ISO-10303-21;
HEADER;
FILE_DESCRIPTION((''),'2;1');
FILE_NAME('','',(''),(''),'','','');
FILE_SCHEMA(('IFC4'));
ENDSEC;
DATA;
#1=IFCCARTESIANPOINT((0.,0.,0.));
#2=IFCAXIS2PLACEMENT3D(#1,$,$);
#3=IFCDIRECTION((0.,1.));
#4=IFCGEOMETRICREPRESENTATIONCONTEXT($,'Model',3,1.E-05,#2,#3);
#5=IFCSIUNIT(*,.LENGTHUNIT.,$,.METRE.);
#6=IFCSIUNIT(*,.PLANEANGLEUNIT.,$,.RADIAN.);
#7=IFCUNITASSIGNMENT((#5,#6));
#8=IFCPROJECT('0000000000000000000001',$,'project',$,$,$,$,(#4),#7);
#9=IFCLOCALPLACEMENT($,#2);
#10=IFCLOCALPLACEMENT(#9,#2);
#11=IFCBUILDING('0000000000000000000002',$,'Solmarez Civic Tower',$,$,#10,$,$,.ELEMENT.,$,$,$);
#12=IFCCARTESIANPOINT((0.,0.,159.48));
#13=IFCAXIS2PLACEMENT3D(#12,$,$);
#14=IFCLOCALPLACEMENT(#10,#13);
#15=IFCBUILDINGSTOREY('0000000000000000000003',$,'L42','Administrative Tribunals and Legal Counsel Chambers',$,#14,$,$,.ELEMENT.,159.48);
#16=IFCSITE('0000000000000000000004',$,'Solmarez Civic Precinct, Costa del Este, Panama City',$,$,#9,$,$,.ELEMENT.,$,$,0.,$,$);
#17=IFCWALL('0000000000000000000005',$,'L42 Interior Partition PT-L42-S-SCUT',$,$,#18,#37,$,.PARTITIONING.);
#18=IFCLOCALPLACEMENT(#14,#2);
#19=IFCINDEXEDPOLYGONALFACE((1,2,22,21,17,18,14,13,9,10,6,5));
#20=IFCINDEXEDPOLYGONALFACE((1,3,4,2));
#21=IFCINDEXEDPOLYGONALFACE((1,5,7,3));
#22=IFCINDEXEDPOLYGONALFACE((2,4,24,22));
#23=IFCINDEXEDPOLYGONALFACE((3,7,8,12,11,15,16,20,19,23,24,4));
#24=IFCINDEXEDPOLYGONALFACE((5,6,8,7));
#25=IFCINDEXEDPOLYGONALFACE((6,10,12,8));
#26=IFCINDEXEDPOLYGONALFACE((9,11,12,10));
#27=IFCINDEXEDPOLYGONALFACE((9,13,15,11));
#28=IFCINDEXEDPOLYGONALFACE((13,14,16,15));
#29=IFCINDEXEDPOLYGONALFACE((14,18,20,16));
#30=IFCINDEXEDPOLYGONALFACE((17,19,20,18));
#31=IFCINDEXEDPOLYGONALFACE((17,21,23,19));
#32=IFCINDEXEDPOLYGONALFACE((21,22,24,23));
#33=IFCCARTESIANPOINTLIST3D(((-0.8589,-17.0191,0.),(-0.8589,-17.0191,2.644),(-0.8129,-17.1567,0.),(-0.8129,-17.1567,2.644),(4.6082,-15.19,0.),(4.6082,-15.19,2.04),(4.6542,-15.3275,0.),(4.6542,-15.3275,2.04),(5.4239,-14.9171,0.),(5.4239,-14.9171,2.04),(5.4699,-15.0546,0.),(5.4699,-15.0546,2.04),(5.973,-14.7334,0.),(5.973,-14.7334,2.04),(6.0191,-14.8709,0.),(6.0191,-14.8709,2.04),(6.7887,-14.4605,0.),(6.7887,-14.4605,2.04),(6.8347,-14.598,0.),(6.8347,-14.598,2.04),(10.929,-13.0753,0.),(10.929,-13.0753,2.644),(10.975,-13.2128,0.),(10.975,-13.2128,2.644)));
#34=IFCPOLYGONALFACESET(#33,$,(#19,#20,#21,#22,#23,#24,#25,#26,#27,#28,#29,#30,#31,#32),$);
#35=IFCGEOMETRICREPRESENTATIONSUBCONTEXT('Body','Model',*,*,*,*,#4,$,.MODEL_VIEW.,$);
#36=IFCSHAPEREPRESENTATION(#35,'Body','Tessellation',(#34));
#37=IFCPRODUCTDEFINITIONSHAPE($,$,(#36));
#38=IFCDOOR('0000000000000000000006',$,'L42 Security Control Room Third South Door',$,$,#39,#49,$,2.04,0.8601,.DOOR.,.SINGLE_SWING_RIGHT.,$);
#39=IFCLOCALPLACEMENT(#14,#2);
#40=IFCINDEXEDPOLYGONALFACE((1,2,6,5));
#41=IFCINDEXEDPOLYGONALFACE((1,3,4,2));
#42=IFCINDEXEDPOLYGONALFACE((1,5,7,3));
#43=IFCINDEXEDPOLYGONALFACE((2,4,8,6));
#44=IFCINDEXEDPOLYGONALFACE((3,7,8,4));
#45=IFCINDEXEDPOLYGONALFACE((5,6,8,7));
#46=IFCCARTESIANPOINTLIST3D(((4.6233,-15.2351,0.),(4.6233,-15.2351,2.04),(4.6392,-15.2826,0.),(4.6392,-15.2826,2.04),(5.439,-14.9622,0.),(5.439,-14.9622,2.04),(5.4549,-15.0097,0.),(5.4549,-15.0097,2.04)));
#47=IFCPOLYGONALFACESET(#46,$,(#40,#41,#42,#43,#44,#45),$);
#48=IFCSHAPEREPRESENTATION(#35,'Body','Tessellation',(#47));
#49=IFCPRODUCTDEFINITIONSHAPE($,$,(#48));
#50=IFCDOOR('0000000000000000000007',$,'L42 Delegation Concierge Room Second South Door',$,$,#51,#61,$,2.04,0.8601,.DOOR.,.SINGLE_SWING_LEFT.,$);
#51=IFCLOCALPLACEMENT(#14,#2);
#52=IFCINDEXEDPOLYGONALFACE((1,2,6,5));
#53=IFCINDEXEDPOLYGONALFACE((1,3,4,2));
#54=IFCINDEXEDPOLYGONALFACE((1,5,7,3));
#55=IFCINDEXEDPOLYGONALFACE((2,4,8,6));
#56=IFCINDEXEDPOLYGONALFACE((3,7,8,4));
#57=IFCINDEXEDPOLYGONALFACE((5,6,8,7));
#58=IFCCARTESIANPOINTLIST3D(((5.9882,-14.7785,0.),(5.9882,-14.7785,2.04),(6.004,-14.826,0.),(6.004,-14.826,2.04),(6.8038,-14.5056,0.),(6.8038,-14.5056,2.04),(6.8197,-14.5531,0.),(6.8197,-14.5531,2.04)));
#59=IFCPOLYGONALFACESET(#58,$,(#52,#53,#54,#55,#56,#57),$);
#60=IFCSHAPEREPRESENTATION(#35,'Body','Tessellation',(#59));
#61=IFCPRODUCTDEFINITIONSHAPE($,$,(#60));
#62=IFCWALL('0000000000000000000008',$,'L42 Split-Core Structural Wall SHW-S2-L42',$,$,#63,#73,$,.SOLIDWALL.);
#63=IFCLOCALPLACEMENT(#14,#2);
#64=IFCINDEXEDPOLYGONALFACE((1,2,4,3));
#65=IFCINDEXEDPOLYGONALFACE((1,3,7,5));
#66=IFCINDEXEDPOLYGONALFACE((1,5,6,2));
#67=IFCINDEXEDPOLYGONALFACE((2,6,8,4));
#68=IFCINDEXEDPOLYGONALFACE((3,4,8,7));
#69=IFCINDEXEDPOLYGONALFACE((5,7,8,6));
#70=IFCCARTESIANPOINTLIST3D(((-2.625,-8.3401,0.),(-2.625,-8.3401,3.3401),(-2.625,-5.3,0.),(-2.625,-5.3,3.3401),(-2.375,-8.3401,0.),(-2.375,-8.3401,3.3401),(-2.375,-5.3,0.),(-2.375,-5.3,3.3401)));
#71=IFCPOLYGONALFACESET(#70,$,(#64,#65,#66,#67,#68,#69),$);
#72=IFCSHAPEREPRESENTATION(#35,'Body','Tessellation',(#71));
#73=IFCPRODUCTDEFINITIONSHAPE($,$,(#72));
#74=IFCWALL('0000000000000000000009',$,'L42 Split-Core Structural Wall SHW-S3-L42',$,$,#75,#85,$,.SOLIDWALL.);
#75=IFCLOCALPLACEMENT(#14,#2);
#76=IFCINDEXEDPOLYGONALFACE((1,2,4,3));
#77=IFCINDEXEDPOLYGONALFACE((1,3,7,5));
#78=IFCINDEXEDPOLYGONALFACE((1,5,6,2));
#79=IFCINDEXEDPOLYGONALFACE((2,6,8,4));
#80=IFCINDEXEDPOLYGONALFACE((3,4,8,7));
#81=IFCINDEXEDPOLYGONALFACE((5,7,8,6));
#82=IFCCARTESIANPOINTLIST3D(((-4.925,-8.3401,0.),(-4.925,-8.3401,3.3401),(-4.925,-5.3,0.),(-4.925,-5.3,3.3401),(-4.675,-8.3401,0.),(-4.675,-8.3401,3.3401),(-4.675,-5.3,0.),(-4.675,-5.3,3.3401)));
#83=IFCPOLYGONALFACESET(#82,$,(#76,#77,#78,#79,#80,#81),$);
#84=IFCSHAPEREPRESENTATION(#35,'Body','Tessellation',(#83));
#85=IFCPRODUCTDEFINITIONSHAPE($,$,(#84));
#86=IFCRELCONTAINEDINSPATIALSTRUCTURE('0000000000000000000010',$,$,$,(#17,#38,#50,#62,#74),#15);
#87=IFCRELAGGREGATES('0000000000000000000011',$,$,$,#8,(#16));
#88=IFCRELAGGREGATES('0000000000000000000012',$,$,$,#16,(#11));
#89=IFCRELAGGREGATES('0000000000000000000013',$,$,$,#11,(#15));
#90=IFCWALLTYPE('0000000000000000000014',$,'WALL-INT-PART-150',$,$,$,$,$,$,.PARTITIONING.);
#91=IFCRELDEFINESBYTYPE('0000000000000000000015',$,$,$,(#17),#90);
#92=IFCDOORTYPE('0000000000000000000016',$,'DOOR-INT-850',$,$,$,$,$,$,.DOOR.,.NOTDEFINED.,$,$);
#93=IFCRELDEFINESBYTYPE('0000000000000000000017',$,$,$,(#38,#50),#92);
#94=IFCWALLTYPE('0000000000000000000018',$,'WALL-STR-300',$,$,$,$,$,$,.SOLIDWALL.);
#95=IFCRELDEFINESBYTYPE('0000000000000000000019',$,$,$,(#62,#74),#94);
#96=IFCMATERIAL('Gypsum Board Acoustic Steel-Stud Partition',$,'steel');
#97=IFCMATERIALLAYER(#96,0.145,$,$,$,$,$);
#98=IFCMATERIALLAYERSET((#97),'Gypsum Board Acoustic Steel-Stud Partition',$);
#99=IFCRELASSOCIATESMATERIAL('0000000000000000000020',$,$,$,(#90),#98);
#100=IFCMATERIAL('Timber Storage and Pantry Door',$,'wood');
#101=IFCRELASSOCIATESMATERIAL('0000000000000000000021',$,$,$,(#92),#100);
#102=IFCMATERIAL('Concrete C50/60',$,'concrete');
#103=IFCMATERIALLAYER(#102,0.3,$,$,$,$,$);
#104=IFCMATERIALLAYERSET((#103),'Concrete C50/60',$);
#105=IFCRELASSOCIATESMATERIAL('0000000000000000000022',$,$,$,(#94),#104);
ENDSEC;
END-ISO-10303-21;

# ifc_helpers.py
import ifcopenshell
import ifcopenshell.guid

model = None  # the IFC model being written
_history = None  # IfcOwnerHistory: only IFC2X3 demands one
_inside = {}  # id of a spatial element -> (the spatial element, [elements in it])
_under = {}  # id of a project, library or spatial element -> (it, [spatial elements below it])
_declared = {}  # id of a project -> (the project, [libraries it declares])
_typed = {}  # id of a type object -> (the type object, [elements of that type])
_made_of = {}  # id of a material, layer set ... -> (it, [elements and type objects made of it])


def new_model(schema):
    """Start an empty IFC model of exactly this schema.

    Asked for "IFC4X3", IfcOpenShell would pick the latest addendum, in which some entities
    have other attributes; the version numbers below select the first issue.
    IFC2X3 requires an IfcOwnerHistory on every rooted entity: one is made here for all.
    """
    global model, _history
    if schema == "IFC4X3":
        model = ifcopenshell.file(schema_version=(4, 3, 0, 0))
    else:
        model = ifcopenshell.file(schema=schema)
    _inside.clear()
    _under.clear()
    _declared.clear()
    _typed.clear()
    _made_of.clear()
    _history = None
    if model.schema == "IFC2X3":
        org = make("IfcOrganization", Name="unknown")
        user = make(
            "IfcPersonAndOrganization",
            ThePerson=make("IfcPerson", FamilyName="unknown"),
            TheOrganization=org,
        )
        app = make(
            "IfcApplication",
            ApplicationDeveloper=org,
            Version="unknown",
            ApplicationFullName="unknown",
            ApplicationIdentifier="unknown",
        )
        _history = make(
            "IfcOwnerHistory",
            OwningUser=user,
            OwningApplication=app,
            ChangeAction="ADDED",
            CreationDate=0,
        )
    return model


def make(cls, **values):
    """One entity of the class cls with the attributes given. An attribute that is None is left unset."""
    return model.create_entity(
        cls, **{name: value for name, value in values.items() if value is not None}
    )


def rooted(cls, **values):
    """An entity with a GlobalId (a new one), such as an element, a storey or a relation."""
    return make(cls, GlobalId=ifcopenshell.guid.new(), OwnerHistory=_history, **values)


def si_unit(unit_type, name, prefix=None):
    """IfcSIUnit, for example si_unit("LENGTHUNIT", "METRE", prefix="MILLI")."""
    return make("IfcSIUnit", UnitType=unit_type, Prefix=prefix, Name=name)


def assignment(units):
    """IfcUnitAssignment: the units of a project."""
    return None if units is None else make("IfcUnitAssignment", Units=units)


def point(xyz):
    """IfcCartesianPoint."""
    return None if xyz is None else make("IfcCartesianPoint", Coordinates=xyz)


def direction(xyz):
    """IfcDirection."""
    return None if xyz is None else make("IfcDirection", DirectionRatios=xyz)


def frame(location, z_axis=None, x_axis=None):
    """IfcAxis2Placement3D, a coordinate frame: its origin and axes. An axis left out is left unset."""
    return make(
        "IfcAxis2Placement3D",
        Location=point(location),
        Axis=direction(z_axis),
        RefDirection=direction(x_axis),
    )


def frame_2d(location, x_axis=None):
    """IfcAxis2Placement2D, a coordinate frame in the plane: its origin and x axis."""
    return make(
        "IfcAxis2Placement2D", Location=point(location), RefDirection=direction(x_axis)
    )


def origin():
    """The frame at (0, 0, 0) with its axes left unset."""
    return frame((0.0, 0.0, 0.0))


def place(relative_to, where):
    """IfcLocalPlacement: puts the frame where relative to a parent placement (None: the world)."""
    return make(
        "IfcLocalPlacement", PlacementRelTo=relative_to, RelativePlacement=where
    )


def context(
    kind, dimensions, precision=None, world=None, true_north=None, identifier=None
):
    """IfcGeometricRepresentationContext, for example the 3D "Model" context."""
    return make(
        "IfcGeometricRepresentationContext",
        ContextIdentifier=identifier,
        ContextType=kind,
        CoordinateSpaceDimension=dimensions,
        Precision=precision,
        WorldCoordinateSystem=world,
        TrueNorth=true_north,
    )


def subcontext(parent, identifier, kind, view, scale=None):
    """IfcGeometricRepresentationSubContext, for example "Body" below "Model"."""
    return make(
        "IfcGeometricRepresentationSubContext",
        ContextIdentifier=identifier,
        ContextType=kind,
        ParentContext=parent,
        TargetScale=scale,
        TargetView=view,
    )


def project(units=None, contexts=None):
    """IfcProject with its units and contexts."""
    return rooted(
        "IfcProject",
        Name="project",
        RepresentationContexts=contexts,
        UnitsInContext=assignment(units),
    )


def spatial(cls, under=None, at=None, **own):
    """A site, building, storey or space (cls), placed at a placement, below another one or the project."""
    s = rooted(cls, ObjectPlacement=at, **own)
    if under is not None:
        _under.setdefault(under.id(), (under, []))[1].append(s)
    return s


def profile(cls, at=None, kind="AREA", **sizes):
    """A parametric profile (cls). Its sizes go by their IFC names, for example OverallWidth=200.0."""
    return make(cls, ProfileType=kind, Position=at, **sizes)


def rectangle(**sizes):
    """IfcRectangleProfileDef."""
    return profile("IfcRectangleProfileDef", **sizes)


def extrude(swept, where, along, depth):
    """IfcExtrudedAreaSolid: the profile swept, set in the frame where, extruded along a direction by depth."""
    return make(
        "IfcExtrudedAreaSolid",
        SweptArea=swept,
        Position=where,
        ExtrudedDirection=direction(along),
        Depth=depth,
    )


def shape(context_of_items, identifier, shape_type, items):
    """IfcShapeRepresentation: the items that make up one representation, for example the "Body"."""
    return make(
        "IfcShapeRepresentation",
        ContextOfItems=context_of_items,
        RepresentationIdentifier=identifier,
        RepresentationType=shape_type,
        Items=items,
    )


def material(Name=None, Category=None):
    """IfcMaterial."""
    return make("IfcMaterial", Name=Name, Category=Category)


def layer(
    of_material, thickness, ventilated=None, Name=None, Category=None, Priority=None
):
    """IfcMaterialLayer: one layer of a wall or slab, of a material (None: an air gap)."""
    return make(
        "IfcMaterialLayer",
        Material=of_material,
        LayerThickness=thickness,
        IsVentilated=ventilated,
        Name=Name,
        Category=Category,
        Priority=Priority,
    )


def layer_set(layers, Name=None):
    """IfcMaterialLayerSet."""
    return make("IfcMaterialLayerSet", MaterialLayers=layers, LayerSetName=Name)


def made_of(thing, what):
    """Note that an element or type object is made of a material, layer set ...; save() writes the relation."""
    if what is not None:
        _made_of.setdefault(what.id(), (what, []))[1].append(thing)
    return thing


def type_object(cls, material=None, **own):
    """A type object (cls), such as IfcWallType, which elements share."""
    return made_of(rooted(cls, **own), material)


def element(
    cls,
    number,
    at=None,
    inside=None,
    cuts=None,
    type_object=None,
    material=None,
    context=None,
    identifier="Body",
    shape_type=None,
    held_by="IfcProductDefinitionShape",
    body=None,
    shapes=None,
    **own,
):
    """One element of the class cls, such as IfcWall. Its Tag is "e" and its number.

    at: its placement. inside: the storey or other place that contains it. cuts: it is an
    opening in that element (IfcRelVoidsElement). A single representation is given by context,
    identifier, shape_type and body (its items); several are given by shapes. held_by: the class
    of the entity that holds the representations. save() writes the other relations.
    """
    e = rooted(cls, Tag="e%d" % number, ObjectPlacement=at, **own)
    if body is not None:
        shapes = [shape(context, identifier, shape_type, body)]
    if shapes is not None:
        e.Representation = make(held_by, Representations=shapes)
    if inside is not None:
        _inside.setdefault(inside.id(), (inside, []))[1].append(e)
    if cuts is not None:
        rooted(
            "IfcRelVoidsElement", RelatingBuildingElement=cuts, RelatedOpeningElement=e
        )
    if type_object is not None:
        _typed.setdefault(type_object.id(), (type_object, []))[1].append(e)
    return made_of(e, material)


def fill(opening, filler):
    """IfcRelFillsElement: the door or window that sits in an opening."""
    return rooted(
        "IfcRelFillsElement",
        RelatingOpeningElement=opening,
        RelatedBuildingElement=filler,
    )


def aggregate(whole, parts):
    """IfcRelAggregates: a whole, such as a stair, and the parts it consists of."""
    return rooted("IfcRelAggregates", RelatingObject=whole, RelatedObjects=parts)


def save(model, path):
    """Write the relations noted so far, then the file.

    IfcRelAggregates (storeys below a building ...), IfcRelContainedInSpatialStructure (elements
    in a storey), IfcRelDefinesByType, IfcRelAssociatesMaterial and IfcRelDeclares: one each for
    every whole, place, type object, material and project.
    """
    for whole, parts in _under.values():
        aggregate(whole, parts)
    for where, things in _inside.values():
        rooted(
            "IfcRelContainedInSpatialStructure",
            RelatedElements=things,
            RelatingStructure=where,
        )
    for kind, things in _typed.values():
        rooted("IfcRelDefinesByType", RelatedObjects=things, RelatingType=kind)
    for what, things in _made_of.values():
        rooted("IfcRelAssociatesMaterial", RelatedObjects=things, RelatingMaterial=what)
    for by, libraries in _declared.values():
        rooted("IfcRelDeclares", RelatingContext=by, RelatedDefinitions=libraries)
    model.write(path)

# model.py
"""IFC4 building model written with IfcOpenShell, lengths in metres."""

from ifc_helpers import new_model, si_unit, direction, frame, frame_2d, origin, place, context, subcontext, project, spatial, rectangle, extrude, material, layer, layer_set, type_object, element, fill, save


model = new_model("IFC4")

# Units and contexts
model_context = context("Model", 3, precision=1e-05, world=origin(), true_north=direction((0.0, 1.0)))
body_context = subcontext(model_context, "Body", "Model", "MODEL_VIEW")
ifc_project = project(units=[si_unit("LENGTHUNIT", "METRE"), si_unit("PLANEANGLEUNIT", "RADIAN")], contexts=[model_context])

# Site, building, storey
site_placement = place(None, origin())
site = spatial("IfcSite", under=ifc_project, at=site_placement, Name="Solmarez Civic Precinct, Costa del Este, Panama City", CompositionType="ELEMENT", RefElevation=0.0)
building_placement = place(site_placement, origin())
building = spatial("IfcBuilding", under=site, at=building_placement, Name="Solmarez Civic Tower", CompositionType="ELEMENT")
storey_placement = place(building_placement, frame((0.0, 0.0, 159.48)))
storey = spatial("IfcBuildingStorey", under=building, at=storey_placement, Name="L42", Description="Administrative Tribunals and Legal Counsel Chambers", CompositionType="ELEMENT", Elevation=159.48)

# Shared definitions
ifc_material_1 = material(Name="Concrete C50/60", Category="concrete")

# Shared definitions
ifc_material_2 = material(Name="Gypsum Board Acoustic Steel-Stud Partition", Category="steel")
ifc_layer_1 = layer(ifc_material_2, 0.145)
ifc_layer_set_1 = layer_set([ifc_layer_1], Name="Gypsum Board Acoustic Steel-Stud Partition")
wall_type_1 = type_object("IfcWallType", Name="WALL-INT-PART-150", PredefinedType="PARTITIONING", material=ifc_layer_set_1)

# Wall, openings, doors
wall_1_placement = place(storey_placement, frame((-0.8359, -17.0879, 0.0), z_axis=(0.0, 0.0, 1.0), x_axis=(0.948331, 0.317282, 0.0)))
wall_1 = element("IfcWall", 1, at=wall_1_placement, inside=storey, type_object=wall_type_1, Name="L42 Interior Partition PT-L42-S-SCUT", PredefinedType="PARTITIONING", context=body_context, shape_type="SweptSolid", body=[
    extrude(rectangle(XDim=12.4302, YDim=0.145, at=frame_2d((6.2151, 0.0))), origin(), (0.0, 0.0, 1.0), 2.644),
])
opening_1_placement = place(wall_1_placement, frame((5.7649, 0.0, 0.0)))
opening_1 = element("IfcOpeningElement", 2, at=opening_1_placement, cuts=wall_1, PredefinedType="OPENING", context=body_context, shape_type="SweptSolid", body=[
    extrude(rectangle(XDim=0.8601, YDim=2.04, at=frame_2d((0.4302, 1.02))), frame((0.0, 0.0825, 0.0), z_axis=(0.0, -1.0, 0.0), x_axis=(1.0, 0.0, 0.0)), (0.0, 0.0, 1.0), 0.165),
])
opening_2_placement = place(wall_1_placement, frame((7.2041, 0.0, 0.0)))
opening_2 = element("IfcOpeningElement", 3, at=opening_2_placement, cuts=wall_1, PredefinedType="OPENING", context=body_context, shape_type="SweptSolid", body=[
    extrude(rectangle(XDim=0.8601, YDim=2.04, at=frame_2d((0.4302, 1.02))), frame((0.0, 0.0825, 0.0), z_axis=(0.0, -1.0, 0.0), x_axis=(1.0, 0.0, 0.0)), (0.0, 0.0, 1.0), 0.165),
])
ifc_material_3 = material(Name="Timber Storage and Pantry Door", Category="wood")
door_type = type_object("IfcDoorType", Name="DOOR-INT-850", OperationType="NOTDEFINED", PredefinedType="DOOR", material=ifc_material_3)
door_1_placement = place(opening_1_placement, origin())
door_1 = element("IfcDoor", 4, at=door_1_placement, inside=storey, type_object=door_type, Name="L42 Security Control Room Third South Door", OperationType="SINGLE_SWING_RIGHT", OverallHeight=2.04, OverallWidth=0.8601, PredefinedType="DOOR", context=body_context, shape_type="SweptSolid", body=[
    extrude(rectangle(XDim=0.8601, YDim=2.04, at=frame_2d((0.4302, 1.02))), frame((0.0, 0.0249, 0.0), z_axis=(0.0, -1.0, 0.0), x_axis=(1.0, 0.0, 0.0)), (0.0, 0.0, 1.0), 0.05),
])
fill(opening_1, door_1)
door_2_placement = place(opening_2_placement, origin())
door_2 = element("IfcDoor", 5, at=door_2_placement, inside=storey, type_object=door_type, Name="L42 Delegation Concierge Room Second South Door", OperationType="SINGLE_SWING_LEFT", OverallHeight=2.04, OverallWidth=0.8601, PredefinedType="DOOR", context=body_context, shape_type="SweptSolid", body=[
    extrude(rectangle(XDim=0.8601, YDim=2.04, at=frame_2d((0.4302, 1.02))), frame((0.0, 0.0249, 0.0), z_axis=(0.0, -1.0, 0.0), x_axis=(1.0, 0.0, 0.0)), (0.0, 0.0, 1.0), 0.05),
])
fill(opening_2, door_2)

# Walls
ifc_layer_2 = layer(ifc_material_1, 0.3)
ifc_layer_set_2 = layer_set([ifc_layer_2], Name="Concrete C50/60")
wall_type_2 = type_object("IfcWallType", Name="WALL-STR-300", PredefinedType="SOLIDWALL", material=ifc_layer_set_2)
for number, where, z_axis, x_axis, name in (
    (6, (-2.5, -8.3401, 0.0), (0.0, 0.0, 1.0), (0.0, 1.0, 0.0), "L42 Split-Core Structural Wall SHW-S2-L42"),
    (7, (-4.8, -8.3401, 0.0), (0.0, 0.0, 1.0), (0.0, 1.0, 0.0), "L42 Split-Core Structural Wall SHW-S3-L42"),
):
    element("IfcWall", number, at=place(storey_placement, frame(where, z_axis=z_axis, x_axis=x_axis)), inside=storey, type_object=wall_type_2, Name=name, PredefinedType="SOLIDWALL", context=body_context, shape_type="SweptSolid", body=[
        extrude(rectangle(XDim=3.04, YDim=0.25, at=frame_2d((1.52, 0.0))), origin(), (0.0, 0.0, 1.0), 3.3401),
    ])

save(model, "model.ifc")
